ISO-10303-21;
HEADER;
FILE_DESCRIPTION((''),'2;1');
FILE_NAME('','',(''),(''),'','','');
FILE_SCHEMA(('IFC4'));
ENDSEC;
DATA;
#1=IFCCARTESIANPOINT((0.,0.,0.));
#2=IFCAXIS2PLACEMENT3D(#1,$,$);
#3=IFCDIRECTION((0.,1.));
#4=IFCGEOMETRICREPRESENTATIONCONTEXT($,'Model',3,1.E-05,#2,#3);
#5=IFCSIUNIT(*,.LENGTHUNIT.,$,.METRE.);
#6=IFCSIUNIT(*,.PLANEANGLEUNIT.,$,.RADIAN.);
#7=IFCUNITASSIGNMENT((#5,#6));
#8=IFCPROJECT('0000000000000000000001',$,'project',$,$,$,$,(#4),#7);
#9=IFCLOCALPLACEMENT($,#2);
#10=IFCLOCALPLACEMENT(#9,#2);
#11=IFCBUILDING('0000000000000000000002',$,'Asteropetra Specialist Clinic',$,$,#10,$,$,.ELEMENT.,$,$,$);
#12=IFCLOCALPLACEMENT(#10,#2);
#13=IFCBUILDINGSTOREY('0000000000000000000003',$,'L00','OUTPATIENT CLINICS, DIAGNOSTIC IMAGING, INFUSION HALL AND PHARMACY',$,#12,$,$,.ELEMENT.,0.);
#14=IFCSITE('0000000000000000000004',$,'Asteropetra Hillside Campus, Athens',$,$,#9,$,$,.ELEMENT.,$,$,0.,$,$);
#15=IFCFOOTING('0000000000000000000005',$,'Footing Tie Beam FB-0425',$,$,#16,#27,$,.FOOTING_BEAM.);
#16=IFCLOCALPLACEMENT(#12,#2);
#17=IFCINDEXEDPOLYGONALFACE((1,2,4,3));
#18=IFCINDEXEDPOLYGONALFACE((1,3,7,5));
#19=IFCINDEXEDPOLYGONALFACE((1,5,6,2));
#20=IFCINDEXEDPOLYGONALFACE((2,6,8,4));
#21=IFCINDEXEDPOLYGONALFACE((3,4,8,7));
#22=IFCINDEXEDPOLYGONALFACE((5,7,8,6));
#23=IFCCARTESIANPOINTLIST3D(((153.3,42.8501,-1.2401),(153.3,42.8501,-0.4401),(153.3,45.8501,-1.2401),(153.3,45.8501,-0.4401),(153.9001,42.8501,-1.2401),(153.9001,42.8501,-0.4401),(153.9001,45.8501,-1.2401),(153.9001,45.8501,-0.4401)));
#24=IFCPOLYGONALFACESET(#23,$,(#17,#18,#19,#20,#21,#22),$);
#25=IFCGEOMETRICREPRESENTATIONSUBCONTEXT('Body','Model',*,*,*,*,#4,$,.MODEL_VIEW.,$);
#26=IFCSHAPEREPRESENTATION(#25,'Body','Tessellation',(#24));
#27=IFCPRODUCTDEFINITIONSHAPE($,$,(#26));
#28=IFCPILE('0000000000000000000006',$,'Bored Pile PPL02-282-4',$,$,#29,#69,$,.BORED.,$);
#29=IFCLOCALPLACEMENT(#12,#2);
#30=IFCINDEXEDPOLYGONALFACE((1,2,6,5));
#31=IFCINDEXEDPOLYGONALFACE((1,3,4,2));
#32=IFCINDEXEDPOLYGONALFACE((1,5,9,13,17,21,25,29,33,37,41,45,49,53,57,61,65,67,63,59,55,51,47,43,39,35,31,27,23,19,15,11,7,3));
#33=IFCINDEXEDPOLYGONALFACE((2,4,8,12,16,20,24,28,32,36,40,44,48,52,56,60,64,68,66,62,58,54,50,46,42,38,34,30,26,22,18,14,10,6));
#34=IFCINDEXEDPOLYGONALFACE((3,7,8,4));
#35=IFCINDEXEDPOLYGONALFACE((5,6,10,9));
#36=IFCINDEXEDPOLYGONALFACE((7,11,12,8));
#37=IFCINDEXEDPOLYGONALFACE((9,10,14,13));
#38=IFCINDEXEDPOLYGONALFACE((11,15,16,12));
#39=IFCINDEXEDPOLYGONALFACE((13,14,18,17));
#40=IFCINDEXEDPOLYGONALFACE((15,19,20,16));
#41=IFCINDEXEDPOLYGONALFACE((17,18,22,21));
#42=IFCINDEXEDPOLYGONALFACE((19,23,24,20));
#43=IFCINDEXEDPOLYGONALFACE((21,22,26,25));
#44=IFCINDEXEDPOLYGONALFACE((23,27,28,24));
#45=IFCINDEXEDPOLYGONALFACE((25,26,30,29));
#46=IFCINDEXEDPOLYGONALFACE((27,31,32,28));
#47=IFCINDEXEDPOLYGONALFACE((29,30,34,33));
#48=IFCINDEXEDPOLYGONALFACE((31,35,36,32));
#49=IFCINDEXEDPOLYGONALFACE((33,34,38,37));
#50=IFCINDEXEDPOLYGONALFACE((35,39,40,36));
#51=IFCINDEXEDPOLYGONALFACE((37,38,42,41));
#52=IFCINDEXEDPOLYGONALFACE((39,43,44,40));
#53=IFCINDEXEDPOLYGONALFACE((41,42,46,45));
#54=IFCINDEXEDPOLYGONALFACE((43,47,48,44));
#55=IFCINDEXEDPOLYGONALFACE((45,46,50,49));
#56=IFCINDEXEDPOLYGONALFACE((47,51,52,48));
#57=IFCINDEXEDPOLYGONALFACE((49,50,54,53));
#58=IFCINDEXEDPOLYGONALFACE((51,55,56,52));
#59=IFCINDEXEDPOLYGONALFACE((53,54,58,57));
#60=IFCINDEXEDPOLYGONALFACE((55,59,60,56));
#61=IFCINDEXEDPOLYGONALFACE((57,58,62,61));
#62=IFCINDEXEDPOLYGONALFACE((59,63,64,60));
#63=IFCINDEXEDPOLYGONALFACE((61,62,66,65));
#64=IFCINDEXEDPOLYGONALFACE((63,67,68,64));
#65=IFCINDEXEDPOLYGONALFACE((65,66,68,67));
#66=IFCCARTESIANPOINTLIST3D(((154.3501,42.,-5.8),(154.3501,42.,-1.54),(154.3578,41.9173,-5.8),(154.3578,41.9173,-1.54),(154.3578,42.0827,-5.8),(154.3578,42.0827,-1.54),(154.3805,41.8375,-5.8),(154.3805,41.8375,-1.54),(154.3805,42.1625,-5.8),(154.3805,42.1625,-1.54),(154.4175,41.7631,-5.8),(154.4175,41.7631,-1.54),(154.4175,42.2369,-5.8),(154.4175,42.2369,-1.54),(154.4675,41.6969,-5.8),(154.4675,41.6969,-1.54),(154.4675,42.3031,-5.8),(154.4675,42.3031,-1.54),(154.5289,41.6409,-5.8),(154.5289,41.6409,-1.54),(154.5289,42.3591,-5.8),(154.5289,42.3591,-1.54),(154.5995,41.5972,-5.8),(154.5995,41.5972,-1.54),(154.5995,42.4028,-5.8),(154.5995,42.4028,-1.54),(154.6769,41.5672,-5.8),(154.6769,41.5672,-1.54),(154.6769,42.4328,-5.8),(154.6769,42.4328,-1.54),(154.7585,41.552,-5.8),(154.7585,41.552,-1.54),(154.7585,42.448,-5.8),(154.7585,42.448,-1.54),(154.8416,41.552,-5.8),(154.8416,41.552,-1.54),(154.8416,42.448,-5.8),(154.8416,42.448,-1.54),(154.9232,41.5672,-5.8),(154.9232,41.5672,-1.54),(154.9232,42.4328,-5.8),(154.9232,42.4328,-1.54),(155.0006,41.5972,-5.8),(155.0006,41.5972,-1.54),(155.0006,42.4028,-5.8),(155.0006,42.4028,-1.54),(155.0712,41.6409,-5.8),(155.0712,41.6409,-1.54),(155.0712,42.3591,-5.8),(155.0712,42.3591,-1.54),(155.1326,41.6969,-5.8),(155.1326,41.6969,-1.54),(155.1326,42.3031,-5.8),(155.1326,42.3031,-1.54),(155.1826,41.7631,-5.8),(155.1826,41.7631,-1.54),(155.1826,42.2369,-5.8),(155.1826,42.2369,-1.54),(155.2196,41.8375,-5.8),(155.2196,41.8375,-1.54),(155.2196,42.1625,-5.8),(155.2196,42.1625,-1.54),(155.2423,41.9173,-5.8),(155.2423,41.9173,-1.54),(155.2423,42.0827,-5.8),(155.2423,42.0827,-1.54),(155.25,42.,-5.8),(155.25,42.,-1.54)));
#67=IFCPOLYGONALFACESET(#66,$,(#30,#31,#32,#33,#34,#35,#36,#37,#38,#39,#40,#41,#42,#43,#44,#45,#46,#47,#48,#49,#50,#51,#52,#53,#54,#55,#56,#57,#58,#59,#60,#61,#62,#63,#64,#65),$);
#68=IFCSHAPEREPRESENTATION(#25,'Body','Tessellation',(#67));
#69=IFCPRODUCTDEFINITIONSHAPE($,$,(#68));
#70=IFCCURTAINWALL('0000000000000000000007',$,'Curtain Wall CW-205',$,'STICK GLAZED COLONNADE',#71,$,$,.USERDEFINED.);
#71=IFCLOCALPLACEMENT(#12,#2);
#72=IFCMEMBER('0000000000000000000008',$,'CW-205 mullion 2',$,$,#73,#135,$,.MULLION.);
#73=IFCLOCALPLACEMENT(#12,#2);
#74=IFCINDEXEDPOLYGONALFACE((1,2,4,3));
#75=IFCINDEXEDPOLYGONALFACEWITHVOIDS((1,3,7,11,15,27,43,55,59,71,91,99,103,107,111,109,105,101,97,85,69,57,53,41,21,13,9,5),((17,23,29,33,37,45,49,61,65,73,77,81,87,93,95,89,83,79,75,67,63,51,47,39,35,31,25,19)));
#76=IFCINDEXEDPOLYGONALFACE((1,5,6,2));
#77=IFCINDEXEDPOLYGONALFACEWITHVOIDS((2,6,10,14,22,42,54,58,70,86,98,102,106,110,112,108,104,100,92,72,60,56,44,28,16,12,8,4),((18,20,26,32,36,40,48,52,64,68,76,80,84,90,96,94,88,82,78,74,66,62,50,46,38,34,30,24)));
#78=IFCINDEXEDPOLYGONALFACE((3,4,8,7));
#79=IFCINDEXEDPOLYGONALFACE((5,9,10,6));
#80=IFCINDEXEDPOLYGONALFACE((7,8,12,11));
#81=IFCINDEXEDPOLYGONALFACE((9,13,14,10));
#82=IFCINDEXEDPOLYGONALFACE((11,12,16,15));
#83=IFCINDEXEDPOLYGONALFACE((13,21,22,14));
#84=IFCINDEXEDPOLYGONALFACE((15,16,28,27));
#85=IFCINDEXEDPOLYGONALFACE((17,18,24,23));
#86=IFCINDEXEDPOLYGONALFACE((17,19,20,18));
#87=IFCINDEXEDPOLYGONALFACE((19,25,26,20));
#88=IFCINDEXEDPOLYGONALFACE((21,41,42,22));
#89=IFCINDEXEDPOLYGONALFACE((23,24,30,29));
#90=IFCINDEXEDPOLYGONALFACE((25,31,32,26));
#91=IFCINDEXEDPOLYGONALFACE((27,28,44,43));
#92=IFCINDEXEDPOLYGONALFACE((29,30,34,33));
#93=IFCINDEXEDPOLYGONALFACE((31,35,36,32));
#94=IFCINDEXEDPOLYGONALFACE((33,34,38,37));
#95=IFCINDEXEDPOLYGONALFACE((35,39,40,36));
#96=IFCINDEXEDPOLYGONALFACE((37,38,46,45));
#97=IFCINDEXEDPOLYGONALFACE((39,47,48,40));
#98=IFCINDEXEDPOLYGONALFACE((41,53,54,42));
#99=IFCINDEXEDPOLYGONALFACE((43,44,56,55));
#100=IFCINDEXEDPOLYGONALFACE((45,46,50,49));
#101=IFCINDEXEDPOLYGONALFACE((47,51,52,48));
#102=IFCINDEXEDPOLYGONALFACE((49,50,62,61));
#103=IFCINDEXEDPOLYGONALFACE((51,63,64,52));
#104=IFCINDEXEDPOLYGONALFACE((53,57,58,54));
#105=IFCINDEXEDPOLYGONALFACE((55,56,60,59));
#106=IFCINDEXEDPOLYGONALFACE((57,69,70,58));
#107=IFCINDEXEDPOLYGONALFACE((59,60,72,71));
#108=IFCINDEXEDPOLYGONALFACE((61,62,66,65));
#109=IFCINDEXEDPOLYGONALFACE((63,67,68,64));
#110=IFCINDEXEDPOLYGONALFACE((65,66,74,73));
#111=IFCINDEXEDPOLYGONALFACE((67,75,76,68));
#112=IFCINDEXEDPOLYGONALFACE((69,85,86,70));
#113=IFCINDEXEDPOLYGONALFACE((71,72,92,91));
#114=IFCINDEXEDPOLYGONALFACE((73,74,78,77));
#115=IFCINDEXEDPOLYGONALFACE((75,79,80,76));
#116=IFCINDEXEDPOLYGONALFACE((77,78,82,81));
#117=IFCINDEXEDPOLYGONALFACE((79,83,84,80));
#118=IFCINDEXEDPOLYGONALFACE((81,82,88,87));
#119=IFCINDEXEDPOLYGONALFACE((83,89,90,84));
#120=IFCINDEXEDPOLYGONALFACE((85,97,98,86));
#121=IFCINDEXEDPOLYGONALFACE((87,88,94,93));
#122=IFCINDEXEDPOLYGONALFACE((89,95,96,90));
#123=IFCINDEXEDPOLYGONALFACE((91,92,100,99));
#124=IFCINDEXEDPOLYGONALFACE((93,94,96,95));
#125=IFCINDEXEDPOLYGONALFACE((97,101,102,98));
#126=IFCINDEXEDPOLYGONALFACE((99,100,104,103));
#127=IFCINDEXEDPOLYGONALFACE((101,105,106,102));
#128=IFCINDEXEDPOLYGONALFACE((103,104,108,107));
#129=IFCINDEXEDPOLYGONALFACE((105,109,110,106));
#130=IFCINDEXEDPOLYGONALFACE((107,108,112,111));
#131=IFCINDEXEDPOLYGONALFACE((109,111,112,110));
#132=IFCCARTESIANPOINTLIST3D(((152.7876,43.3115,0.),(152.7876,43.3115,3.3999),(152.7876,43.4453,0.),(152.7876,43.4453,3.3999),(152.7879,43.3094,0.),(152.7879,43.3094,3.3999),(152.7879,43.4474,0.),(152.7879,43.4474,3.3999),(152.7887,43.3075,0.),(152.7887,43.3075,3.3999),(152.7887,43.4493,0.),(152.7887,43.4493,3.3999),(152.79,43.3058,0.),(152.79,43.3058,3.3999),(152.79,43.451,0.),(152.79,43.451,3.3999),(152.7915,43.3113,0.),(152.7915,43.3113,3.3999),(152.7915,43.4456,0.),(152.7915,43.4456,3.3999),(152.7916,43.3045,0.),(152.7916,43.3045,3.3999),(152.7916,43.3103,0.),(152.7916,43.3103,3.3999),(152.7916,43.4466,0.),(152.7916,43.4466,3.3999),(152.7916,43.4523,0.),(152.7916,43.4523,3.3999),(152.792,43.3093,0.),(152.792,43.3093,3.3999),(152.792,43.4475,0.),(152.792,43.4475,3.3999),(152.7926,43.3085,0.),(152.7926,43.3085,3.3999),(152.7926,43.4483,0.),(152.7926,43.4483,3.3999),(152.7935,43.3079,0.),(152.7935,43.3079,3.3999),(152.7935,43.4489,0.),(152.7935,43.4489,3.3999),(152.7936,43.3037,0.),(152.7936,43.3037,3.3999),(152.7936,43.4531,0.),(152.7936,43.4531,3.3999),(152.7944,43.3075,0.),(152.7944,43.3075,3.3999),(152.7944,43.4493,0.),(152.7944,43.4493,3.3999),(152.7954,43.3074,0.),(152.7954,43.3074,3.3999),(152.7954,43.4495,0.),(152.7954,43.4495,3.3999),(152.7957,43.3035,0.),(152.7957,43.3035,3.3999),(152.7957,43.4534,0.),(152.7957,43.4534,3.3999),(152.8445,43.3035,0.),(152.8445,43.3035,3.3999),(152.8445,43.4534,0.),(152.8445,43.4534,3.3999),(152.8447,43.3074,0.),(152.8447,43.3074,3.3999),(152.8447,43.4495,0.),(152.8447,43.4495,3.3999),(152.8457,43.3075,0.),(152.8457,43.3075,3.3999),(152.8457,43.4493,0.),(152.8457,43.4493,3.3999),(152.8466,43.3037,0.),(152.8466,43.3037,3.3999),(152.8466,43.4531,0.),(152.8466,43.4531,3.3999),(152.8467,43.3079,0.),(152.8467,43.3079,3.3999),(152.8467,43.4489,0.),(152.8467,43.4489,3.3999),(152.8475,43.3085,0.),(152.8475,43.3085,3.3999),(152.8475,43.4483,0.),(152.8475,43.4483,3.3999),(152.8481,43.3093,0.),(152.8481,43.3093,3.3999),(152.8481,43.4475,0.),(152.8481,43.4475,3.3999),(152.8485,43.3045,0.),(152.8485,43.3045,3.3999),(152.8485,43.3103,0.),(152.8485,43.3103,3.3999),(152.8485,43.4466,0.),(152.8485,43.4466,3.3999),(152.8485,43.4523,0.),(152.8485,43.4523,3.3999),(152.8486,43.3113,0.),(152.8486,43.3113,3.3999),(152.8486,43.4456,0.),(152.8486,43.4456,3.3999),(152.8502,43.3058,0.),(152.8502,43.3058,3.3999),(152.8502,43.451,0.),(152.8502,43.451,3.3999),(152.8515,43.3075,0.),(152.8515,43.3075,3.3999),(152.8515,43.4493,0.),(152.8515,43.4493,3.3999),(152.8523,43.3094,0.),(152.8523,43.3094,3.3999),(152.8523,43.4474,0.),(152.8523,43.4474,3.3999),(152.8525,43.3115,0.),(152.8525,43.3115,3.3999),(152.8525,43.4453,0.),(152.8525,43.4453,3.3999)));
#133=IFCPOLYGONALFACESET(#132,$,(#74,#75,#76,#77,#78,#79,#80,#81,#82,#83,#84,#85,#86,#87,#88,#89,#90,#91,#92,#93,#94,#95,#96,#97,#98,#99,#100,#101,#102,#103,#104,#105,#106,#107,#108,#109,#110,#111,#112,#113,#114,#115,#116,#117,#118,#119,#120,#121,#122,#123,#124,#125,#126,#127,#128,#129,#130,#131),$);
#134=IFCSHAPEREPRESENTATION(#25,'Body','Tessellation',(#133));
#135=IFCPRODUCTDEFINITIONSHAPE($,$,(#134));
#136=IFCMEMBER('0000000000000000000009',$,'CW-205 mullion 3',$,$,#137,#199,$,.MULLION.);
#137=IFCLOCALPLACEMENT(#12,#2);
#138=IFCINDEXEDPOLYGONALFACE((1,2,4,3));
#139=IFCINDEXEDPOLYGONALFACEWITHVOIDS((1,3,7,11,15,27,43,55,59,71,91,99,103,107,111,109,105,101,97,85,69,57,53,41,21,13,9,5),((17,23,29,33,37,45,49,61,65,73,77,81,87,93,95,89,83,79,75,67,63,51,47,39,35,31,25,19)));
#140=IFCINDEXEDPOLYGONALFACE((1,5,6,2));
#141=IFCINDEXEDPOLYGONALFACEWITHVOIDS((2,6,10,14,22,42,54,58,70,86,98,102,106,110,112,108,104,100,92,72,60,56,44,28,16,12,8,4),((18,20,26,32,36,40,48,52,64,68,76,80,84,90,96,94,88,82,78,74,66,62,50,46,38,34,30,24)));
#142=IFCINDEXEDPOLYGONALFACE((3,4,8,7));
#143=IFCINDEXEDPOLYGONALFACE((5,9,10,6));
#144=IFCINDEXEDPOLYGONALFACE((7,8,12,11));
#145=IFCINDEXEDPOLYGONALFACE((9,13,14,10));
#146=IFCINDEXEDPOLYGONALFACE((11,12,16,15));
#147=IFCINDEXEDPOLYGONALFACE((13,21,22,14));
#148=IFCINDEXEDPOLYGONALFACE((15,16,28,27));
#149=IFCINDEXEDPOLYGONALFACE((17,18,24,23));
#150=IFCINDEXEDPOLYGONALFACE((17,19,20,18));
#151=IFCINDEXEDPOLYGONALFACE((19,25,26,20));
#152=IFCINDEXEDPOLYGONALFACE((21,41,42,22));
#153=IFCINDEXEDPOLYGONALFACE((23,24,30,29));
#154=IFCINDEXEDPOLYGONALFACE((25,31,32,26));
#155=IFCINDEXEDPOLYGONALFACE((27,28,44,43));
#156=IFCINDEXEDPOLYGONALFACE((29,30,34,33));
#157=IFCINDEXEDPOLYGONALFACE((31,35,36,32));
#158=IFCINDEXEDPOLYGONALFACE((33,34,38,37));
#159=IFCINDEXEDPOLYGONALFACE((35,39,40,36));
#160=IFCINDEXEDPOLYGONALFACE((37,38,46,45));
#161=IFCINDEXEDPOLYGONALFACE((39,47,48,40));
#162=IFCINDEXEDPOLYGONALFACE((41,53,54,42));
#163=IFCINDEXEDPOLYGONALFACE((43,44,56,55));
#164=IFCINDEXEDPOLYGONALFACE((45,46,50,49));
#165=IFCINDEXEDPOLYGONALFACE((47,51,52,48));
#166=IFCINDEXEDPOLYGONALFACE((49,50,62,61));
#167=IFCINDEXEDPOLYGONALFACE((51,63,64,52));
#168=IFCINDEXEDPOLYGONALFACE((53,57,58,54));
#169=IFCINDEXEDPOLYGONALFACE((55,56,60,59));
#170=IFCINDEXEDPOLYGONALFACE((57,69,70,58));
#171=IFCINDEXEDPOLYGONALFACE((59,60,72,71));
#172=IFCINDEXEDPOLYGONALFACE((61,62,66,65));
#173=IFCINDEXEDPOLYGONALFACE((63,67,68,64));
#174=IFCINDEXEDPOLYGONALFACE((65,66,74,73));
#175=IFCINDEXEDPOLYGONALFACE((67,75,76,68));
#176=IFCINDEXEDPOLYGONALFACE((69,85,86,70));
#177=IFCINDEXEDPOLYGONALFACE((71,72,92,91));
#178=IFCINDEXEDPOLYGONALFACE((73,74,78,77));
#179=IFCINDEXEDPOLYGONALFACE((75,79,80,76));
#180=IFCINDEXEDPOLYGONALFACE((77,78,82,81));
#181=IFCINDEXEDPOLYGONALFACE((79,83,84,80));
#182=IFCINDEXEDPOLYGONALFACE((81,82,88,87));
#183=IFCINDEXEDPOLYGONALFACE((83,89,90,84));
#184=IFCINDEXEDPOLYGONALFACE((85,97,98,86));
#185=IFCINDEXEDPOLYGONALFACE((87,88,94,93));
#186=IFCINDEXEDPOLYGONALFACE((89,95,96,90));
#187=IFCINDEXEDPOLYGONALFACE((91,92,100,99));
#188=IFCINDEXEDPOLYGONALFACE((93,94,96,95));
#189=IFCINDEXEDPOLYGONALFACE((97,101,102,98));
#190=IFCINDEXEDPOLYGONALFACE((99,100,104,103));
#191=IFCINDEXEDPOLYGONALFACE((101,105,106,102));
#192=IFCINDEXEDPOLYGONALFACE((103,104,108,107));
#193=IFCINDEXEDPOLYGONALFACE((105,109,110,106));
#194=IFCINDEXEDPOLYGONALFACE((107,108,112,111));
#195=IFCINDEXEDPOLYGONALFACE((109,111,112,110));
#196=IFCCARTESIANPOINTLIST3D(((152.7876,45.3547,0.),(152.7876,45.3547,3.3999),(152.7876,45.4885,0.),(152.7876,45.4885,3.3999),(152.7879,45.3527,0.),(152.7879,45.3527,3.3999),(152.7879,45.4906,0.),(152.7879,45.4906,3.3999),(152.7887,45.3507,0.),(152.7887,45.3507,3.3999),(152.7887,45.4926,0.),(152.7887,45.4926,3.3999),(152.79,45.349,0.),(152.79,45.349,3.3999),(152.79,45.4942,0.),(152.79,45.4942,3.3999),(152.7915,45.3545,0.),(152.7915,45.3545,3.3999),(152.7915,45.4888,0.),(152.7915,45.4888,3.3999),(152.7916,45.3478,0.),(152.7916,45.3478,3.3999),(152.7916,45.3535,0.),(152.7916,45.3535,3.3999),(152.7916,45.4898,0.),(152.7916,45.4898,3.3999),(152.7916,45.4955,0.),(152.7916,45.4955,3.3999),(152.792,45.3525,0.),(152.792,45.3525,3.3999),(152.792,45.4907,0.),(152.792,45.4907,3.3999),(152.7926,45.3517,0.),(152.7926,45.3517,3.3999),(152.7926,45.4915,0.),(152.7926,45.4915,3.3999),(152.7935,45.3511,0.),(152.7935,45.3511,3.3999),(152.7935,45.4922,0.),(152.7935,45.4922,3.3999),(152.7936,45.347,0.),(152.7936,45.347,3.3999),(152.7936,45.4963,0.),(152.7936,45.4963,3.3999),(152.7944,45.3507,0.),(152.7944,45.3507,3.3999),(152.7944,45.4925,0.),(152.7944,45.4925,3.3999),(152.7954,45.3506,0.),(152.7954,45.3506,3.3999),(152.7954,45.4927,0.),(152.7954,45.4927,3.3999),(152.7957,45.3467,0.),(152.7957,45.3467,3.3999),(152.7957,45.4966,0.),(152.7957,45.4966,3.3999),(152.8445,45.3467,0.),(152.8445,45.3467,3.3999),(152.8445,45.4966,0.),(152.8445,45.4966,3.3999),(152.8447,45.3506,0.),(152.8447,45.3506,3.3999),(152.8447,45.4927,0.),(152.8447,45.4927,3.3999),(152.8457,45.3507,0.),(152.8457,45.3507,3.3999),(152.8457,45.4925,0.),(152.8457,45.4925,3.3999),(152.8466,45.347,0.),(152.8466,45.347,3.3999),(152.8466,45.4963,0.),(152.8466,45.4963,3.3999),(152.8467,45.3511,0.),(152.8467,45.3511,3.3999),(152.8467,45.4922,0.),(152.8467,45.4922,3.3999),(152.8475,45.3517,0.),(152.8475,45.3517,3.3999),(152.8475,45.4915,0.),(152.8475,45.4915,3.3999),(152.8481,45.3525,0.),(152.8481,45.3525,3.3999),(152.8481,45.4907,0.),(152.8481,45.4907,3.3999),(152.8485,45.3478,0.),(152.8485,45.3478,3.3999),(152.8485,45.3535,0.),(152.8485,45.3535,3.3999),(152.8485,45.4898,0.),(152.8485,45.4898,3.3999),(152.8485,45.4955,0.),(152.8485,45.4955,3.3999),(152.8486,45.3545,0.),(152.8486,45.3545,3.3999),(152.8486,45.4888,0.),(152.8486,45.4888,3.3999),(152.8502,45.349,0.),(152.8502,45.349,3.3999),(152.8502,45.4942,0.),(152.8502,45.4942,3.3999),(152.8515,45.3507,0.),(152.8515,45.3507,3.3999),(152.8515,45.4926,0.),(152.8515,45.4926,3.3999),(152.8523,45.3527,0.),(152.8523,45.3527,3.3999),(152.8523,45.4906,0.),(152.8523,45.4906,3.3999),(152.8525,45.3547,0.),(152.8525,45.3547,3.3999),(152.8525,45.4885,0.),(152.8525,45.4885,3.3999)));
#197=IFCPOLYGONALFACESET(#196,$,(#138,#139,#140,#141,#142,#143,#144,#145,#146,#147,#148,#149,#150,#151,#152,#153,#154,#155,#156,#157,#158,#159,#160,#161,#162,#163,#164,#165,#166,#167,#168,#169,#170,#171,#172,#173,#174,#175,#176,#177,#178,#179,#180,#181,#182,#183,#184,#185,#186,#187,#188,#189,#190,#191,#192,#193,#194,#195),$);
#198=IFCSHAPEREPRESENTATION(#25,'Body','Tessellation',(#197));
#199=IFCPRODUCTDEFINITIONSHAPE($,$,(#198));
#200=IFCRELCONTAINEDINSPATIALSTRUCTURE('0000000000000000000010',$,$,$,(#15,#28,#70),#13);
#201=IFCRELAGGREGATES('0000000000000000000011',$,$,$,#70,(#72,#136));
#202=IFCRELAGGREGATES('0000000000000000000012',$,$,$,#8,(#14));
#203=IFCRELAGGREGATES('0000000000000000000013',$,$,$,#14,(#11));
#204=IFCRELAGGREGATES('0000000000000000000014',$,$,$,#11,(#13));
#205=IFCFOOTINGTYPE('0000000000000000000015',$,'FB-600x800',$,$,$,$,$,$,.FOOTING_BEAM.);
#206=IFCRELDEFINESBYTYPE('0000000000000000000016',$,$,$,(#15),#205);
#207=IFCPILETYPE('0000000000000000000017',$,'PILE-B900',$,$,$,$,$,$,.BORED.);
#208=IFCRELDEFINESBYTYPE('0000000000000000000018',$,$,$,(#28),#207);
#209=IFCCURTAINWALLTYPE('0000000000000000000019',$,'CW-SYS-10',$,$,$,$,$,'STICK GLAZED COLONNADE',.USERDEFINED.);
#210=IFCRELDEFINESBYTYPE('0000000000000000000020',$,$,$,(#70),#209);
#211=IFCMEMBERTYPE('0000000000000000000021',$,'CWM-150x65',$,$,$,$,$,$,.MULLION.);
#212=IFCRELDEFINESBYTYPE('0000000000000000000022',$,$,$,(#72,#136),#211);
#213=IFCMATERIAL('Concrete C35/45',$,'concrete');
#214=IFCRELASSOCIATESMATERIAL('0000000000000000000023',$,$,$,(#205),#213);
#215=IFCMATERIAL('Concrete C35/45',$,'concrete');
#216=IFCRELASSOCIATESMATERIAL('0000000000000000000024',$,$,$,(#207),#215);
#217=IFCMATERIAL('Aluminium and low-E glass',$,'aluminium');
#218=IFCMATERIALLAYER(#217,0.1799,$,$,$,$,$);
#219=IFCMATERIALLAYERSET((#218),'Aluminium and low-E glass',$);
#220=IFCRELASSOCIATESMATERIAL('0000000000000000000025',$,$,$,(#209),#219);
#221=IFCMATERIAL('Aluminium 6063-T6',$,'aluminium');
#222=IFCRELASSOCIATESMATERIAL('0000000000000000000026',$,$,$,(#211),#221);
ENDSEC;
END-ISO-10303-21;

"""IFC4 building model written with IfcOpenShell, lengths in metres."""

from ifc_helpers import new_model, si_unit, direction, frame, origin, origin_2d, place, context, subcontext, project, spatial, rectangle, hollow_rectangle, circle, extrude, material, layer, layer_set, material_profile, profile_set, type_object, element, aggregate, save


model = new_model("IFC4")

# Units and contexts
model_context = context("Model", 3, precision=1e-05, world=origin(), true_north=direction((0.0, 1.0)))
body_context = subcontext(model_context, "Body", "Model", "MODEL_VIEW")
ifc_project = project(units=[si_unit("LENGTHUNIT", "METRE"), si_unit("PLANEANGLEUNIT", "RADIAN")], contexts=[model_context])

# Site, building, storey
site_placement = place(None, origin())
site = spatial("IfcSite", under=ifc_project, at=site_placement, Name="Asteropetra Hillside Campus, Athens", CompositionType="ELEMENT", RefElevation=0.0)
building_placement = place(site_placement, origin())
building = spatial("IfcBuilding", under=site, at=building_placement, Name="Asteropetra Specialist Clinic", CompositionType="ELEMENT")
storey_placement = place(building_placement, origin())
storey = spatial("IfcBuildingStorey", under=building, at=storey_placement, Name="L00", Description="OUTPATIENT CLINICS, DIAGNOSTIC IMAGING, INFUSION HALL AND PHARMACY", CompositionType="ELEMENT", Elevation=0.0)

# Footing
ifc_material_1 = material(Name="Concrete C35/45", Category="concrete")
ifc_material_profile_1 = material_profile(ifc_material_1, rectangle(XDim=0.6001, YDim=0.8, at=origin_2d()), Name="FB 600x800")
ifc_profile_set_1 = profile_set([ifc_material_profile_1], Name="Concrete C35/45")
footing_type = type_object("IfcFootingType", Name="FB-600x800", PredefinedType="FOOTING_BEAM", material=ifc_profile_set_1)
footing_placement = place(storey_placement, frame((153.6001, 42.8501, -0.8401), z_axis=(0.0, 1.0, 0.0), x_axis=(-1.0, 0.0, 0.0)))
element("IfcFooting", 1, at=footing_placement, inside=storey, type_object=footing_type, Name="Footing Tie Beam FB-0425", PredefinedType="FOOTING_BEAM", context=body_context, shape_type="SweptSolid", body=[
    extrude(rectangle(XDim=0.6001, YDim=0.8, at=origin_2d()), origin(), (0.0, 0.0, 1.0), 3.0),
])

# Pile
ifc_material_2 = material(Name="Concrete C35/45", Category="concrete")
ifc_material_profile_2 = material_profile(ifc_material_2, circle(Radius=0.45, at=origin_2d()), Name="PILE D900")
ifc_profile_set_2 = profile_set([ifc_material_profile_2], Name="Concrete C35/45")
pile_type = type_object("IfcPileType", Name="PILE-B900", PredefinedType="BORED", material=ifc_profile_set_2)
pile_placement = place(storey_placement, frame((154.8, 42.0, -1.54), z_axis=(0.0, 0.0, -1.0), x_axis=(1.0, 0.0, 0.0)))
element("IfcPile", 2, at=pile_placement, inside=storey, type_object=pile_type, Name="Bored Pile PPL02-282-4", PredefinedType="BORED", context=body_context, shape_type="SweptSolid", body=[
    extrude(circle(Radius=0.45, at=origin_2d()), origin(), (0.0, 0.0, 1.0), 4.26),
])

# Curtain wall, members
ifc_material_3 = material(Name="Aluminium and low-E glass", Category="aluminium")
ifc_layer_1 = layer(ifc_material_3, 0.1799)
ifc_layer_set_1 = layer_set([ifc_layer_1], Name="Aluminium and low-E glass")
curtain_wall_type = type_object("IfcCurtainWallType", Name="CW-SYS-10", ElementType="STICK GLAZED COLONNADE", PredefinedType="USERDEFINED", material=ifc_layer_set_1)
curtain_wall_placement = place(storey_placement, origin())
curtain_wall = element("IfcCurtainWall", 3, at=curtain_wall_placement, inside=storey, type_object=curtain_wall_type, Name="Curtain Wall CW-205", ObjectType="STICK GLAZED COLONNADE", PredefinedType="USERDEFINED")
ifc_material_4 = material(Name="Aluminium 6063-T6", Category="aluminium")
ifc_material_profile_3 = material_profile(ifc_material_4, hollow_rectangle(XDim=0.0649, YDim=0.1499, WallThickness=0.0039, InnerFilletRadius=0.0039, OuterFilletRadius=0.0081, at=origin_2d()), Name="MUL 150x65x4.0")
ifc_profile_set_3 = profile_set([ifc_material_profile_3], Name="Aluminium 6063-T6")
member_type_1 = type_object("IfcMemberType", Name="CWM-150x65", PredefinedType="MULLION", material=ifc_profile_set_3)
member_1_placement = place(storey_placement, frame((152.8201, 43.3784, 0.0), z_axis=(0.0, 0.0, 1.0), x_axis=(-1.0, 0.0, 0.0)))
member_1 = element("IfcMember", 4, at=member_1_placement, type_object=member_type_1, Name="CW-205 mullion 2", PredefinedType="MULLION", context=body_context, shape_type="SweptSolid", body=[
    extrude(hollow_rectangle(XDim=0.0649, YDim=0.1499, WallThickness=0.0039, InnerFilletRadius=0.0039, OuterFilletRadius=0.0081, at=origin_2d()), origin(), (0.0, 0.0, 1.0), 3.3999),
])
member_2_placement = place(storey_placement, frame((152.8201, 45.4216, 0.0), z_axis=(0.0, 0.0, 1.0), x_axis=(-1.0, 0.0, 0.0)))
member_2 = element("IfcMember", 5, at=member_2_placement, type_object=member_type_1, Name="CW-205 mullion 3", PredefinedType="MULLION", context=body_context, shape_type="SweptSolid", body=[
    extrude(hollow_rectangle(XDim=0.0649, YDim=0.1499, WallThickness=0.0039, InnerFilletRadius=0.0039, OuterFilletRadius=0.0081, at=origin_2d()), origin(), (0.0, 0.0, 1.0), 3.3999),
])
aggregate(curtain_wall, [member_1, member_2])

save(model, "model.ifc")
